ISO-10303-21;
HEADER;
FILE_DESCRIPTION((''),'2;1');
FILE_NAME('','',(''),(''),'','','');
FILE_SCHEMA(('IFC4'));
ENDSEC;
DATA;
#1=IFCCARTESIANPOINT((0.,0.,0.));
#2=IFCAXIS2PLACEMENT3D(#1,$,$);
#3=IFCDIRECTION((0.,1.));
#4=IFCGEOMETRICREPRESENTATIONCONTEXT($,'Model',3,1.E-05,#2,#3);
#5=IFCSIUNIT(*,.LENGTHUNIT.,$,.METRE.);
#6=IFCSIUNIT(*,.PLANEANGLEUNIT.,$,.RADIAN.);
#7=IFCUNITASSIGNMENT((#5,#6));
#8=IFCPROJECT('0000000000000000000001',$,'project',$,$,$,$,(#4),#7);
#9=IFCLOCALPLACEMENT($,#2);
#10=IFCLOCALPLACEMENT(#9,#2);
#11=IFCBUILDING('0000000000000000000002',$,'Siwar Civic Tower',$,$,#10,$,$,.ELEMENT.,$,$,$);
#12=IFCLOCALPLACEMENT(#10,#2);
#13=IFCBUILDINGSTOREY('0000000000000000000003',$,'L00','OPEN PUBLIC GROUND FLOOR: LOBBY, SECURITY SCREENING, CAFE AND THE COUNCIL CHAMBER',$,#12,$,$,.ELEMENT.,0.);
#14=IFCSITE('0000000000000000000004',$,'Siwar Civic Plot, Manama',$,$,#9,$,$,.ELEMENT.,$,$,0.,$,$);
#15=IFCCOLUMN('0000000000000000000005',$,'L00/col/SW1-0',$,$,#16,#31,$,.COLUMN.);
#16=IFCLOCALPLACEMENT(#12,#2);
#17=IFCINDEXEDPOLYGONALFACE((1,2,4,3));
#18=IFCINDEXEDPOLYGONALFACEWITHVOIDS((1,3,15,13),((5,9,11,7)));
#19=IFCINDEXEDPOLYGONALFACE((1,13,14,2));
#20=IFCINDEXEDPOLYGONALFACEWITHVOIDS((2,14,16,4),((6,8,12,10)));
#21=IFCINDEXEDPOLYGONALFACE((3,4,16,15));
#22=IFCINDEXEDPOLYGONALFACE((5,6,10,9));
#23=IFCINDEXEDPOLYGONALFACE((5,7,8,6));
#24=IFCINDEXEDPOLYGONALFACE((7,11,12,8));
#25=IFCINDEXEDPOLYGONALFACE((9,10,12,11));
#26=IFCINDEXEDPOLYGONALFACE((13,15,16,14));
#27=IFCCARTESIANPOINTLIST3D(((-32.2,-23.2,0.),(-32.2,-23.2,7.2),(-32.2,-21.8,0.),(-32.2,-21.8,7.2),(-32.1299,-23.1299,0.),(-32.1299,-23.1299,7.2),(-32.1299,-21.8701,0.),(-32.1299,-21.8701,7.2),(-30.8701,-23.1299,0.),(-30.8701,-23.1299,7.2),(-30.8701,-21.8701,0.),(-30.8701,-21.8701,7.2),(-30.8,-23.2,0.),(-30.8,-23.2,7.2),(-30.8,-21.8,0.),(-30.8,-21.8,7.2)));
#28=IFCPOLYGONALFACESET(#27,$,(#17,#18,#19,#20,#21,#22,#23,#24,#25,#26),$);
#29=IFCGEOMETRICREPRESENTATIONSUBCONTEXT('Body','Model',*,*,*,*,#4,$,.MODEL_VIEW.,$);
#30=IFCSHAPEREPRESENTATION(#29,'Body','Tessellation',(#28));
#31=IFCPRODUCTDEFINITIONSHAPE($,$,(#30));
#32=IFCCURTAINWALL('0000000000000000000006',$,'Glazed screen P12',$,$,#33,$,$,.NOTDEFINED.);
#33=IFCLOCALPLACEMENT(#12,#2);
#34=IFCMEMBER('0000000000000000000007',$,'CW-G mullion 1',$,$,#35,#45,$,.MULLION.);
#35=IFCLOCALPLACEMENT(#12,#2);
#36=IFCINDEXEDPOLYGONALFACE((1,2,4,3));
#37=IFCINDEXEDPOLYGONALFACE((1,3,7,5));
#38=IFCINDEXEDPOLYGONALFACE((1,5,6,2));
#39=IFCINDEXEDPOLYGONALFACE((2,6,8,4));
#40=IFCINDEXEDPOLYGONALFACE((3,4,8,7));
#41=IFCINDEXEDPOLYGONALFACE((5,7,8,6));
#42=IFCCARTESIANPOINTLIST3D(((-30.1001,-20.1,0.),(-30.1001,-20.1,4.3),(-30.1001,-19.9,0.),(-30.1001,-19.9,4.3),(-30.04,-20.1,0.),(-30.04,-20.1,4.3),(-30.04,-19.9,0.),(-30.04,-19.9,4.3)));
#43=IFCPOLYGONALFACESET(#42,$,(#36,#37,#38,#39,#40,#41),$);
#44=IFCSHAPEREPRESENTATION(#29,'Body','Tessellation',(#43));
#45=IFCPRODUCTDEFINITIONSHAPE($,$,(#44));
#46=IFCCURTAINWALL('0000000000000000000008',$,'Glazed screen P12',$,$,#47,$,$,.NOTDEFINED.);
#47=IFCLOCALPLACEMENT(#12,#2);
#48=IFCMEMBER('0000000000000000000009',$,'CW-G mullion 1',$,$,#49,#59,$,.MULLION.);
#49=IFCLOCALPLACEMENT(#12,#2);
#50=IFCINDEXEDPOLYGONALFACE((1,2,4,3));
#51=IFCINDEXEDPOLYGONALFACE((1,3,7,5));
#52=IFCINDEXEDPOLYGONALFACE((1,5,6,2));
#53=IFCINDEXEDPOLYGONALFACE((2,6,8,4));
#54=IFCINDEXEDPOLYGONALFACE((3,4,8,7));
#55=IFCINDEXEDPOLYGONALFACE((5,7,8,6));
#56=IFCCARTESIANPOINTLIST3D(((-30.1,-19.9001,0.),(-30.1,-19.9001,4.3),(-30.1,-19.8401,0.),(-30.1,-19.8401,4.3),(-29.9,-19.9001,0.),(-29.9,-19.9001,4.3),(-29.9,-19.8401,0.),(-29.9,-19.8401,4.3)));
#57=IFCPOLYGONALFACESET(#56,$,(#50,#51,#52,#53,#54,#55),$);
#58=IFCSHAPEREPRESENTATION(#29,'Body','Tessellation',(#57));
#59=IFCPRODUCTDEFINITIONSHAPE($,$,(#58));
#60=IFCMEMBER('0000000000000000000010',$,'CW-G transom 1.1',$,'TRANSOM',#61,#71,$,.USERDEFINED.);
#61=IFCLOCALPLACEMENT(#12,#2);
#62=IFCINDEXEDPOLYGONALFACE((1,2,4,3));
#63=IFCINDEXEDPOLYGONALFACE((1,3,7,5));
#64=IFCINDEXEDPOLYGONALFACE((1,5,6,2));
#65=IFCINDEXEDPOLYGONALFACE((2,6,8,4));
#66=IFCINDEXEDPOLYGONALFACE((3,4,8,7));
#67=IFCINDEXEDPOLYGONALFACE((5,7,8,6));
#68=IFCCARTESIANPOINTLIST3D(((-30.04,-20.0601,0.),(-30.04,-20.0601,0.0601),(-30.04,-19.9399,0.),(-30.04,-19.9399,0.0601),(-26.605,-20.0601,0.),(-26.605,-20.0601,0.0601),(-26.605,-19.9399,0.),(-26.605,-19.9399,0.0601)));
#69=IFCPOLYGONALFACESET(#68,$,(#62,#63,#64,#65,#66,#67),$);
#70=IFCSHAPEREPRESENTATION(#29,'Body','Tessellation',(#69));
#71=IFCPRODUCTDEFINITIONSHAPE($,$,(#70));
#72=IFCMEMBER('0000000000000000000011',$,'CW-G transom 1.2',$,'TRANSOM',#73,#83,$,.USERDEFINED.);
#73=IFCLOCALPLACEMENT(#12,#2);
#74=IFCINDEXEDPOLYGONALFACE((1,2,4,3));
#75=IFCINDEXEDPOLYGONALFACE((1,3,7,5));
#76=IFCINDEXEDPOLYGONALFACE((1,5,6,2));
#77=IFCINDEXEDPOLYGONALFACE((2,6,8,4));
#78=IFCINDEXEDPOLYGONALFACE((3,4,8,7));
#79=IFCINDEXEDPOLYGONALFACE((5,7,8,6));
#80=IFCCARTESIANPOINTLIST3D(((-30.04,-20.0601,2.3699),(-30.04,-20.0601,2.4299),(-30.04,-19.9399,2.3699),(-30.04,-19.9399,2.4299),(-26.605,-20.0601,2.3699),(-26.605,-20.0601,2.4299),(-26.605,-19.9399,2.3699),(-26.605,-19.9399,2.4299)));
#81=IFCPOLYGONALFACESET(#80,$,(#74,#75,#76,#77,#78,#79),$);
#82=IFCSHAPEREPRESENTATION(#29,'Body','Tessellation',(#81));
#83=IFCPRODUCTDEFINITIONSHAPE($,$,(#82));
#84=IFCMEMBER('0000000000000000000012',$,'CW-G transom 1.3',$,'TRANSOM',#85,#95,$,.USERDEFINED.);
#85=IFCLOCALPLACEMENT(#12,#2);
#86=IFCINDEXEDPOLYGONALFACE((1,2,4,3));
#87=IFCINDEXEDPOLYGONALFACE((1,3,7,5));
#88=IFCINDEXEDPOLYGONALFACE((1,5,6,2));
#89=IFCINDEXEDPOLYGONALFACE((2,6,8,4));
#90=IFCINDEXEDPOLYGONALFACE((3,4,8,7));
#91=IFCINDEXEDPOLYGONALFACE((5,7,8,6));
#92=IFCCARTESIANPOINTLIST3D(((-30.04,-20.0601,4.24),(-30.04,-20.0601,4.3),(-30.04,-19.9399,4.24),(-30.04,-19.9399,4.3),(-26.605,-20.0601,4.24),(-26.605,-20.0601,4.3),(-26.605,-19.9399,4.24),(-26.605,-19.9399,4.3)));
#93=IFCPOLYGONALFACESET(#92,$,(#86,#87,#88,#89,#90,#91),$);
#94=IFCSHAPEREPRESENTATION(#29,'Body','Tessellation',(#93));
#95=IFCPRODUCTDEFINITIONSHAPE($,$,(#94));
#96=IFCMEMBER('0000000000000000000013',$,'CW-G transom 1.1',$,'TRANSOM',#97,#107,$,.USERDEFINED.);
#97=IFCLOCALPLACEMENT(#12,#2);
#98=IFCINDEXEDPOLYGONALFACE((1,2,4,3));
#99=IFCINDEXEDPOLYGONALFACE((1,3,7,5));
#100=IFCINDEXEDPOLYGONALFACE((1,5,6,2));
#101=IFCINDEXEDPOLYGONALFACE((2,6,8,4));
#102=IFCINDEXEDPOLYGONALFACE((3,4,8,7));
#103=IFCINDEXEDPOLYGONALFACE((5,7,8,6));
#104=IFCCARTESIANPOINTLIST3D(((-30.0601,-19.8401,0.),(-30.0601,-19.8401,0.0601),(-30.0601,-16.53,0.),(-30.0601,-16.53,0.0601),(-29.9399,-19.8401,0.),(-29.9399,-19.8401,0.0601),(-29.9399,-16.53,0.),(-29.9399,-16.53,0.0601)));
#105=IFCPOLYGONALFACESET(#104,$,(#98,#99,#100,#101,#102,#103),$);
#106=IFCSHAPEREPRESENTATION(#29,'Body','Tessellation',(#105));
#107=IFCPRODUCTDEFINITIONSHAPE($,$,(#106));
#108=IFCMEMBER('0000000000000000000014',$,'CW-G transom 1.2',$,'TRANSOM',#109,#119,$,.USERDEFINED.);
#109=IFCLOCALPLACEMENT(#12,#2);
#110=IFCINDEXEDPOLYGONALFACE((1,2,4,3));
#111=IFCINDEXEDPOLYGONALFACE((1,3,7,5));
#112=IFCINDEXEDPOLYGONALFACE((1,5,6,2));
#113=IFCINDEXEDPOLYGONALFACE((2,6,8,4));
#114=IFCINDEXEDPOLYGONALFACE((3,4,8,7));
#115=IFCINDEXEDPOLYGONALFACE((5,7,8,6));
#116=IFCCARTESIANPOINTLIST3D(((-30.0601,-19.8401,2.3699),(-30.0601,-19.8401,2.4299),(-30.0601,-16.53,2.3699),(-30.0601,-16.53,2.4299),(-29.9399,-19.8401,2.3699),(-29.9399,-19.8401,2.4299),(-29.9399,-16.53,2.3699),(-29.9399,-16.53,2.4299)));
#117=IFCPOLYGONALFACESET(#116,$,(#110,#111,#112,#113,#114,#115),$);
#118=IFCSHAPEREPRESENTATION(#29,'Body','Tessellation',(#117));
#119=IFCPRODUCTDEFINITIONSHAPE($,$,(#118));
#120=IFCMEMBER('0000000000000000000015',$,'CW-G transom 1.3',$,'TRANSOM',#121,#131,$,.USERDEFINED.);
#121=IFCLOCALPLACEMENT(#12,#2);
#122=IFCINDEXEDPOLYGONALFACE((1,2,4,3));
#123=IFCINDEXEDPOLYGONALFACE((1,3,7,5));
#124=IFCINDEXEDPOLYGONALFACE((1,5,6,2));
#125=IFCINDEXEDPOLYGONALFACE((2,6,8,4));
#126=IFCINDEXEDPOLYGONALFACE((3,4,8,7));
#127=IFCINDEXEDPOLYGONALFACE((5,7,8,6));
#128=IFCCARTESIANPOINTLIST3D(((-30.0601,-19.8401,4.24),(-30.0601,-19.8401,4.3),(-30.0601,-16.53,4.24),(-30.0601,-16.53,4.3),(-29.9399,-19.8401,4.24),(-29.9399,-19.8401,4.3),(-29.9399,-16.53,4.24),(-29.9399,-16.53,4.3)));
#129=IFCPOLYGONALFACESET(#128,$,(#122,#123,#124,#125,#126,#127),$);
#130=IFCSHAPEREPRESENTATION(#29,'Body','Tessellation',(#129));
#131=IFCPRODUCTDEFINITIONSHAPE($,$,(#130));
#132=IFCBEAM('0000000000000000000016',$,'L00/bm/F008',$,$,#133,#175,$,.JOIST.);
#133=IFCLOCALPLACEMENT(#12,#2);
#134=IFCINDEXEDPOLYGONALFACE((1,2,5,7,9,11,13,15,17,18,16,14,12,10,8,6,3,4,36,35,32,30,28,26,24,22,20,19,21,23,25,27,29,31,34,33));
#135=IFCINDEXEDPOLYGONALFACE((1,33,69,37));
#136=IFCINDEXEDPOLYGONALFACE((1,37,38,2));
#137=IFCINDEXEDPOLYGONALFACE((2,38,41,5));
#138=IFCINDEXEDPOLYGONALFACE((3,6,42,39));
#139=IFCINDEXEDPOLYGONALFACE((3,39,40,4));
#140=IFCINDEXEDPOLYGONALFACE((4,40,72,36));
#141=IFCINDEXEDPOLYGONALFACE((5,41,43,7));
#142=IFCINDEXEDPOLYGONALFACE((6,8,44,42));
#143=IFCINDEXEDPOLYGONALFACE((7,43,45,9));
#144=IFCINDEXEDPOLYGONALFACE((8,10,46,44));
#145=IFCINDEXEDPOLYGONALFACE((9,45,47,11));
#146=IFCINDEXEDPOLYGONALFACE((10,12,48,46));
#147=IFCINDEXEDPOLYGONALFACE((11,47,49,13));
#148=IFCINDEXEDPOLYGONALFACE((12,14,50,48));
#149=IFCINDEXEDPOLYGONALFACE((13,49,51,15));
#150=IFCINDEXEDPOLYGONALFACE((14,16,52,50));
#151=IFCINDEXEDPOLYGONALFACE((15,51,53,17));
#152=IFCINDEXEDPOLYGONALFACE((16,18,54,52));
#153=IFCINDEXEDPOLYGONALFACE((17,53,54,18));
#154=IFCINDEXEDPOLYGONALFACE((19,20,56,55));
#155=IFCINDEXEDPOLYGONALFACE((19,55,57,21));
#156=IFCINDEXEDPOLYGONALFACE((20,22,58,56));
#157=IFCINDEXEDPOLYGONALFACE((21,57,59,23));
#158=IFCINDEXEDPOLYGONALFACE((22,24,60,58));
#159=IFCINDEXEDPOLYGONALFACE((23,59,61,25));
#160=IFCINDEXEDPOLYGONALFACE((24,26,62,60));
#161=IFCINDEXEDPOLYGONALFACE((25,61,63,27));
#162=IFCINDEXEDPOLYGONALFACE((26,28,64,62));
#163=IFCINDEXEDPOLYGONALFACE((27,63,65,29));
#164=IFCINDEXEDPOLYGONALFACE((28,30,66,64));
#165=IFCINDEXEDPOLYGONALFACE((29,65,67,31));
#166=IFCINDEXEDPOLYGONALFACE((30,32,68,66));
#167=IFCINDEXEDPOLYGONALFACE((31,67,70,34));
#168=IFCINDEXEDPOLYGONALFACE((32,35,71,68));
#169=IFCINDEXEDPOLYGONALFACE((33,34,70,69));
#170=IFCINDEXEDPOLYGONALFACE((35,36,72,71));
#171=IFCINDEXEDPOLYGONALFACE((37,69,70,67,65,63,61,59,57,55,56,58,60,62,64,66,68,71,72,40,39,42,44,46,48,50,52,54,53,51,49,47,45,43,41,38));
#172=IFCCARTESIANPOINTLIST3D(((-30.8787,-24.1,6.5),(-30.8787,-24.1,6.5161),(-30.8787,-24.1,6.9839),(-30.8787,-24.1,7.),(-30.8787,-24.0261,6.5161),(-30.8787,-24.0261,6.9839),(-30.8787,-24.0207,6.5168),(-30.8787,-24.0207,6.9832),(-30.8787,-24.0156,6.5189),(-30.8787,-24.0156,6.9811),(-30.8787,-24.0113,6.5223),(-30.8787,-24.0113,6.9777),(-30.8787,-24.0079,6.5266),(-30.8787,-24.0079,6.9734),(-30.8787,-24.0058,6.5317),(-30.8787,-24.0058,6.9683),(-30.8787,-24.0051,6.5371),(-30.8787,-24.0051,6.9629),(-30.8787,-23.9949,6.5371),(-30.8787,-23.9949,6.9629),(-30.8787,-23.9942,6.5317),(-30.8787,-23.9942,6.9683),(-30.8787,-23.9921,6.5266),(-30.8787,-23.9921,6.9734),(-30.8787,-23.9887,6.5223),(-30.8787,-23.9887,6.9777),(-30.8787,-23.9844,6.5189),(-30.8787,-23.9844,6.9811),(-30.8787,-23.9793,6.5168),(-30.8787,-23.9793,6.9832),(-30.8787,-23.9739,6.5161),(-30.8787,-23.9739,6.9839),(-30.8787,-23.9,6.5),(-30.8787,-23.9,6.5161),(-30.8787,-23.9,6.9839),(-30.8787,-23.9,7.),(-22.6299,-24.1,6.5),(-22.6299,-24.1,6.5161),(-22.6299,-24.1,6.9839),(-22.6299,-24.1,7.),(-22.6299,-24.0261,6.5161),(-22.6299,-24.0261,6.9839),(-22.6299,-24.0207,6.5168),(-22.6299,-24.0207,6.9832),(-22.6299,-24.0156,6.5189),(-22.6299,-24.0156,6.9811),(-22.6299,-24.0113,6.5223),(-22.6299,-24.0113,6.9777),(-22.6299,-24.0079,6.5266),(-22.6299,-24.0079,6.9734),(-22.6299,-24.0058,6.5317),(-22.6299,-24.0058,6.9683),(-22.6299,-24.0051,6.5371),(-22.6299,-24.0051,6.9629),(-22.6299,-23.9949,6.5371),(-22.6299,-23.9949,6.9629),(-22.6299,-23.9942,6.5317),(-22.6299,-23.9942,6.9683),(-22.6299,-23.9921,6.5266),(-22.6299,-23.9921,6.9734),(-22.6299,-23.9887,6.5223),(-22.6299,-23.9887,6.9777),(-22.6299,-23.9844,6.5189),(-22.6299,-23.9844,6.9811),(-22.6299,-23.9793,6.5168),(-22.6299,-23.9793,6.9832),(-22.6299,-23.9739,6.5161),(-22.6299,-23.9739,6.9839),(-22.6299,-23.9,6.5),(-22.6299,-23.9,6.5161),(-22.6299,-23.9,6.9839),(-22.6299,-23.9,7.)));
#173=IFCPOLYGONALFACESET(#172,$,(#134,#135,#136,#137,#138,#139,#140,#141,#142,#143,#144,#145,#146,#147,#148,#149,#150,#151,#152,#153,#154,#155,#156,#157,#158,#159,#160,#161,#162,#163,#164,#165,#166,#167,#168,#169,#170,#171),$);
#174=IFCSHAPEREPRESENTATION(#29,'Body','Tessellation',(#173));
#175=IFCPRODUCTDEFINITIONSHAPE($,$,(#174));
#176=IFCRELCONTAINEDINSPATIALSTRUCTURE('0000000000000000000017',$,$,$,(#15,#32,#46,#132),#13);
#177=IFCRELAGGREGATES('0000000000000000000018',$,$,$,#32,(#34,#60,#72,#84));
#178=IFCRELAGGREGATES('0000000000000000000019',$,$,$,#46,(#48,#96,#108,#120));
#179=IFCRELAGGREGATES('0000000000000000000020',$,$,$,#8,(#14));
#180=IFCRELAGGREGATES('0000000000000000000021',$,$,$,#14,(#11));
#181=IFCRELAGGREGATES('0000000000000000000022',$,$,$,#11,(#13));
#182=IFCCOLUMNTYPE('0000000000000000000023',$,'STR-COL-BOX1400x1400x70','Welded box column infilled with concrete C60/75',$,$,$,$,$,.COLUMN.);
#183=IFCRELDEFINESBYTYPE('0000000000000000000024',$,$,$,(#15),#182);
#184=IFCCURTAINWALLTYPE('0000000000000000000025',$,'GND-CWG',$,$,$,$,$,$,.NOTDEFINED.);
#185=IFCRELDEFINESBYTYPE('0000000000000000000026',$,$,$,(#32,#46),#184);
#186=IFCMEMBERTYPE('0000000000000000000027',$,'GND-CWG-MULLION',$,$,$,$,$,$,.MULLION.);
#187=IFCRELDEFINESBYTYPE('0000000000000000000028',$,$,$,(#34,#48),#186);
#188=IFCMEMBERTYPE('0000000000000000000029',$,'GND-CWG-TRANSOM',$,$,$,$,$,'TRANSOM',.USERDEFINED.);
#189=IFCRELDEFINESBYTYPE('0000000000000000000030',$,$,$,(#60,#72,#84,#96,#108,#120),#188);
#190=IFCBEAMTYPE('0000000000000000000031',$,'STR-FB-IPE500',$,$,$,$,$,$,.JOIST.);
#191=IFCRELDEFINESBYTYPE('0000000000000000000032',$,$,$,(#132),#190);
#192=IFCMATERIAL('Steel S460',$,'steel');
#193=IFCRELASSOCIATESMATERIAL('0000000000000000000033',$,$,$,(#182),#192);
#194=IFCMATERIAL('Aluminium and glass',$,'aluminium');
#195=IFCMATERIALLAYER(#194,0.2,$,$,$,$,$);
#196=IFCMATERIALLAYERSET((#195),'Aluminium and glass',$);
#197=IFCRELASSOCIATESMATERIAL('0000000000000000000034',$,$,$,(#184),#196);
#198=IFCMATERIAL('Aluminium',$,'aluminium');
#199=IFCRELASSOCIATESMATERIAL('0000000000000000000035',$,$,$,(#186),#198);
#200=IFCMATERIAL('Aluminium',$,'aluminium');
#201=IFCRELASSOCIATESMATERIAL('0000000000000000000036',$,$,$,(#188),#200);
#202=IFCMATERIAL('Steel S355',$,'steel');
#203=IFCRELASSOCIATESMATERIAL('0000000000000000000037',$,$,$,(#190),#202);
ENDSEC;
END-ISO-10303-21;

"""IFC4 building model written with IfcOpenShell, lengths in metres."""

from ifc_helpers import new_model, si_unit, direction, frame, origin, origin_2d, place, context, subcontext, project, spatial, rectangle, hollow_rectangle, i_section, extrude, material, layer, layer_set, material_profile, profile_set, type_object, element, aggregate, save


model = new_model("IFC4")

# Units and contexts
model_context = context("Model", 3, precision=1e-05, world=origin(), true_north=direction((0.0, 1.0)))
body_context = subcontext(model_context, "Body", "Model", "MODEL_VIEW")
ifc_project = project(units=[si_unit("LENGTHUNIT", "METRE"), si_unit("PLANEANGLEUNIT", "RADIAN")], contexts=[model_context])

# Site, building, storey
site_placement = place(None, origin())
site = spatial("IfcSite", under=ifc_project, at=site_placement, Name="Siwar Civic Plot, Manama", CompositionType="ELEMENT", RefElevation=0.0)
building_placement = place(site_placement, origin())
building = spatial("IfcBuilding", under=site, at=building_placement, Name="Siwar Civic Tower", CompositionType="ELEMENT")
storey_placement = place(building_placement, origin())
storey = spatial("IfcBuildingStorey", under=building, at=storey_placement, Name="L00", Description="OPEN PUBLIC GROUND FLOOR: LOBBY, SECURITY SCREENING, CAFE AND THE COUNCIL CHAMBER", CompositionType="ELEMENT", Elevation=0.0)

# Column
ifc_material_1 = material(Name="Steel S460", Category="steel")
ifc_material_profile_1 = material_profile(ifc_material_1, hollow_rectangle(XDim=1.3999, YDim=1.3999, WallThickness=0.0701, at=origin_2d()), Name="BOX1400x1400x70")
ifc_profile_set_1 = profile_set([ifc_material_profile_1], Name="Steel S460")
column_type = type_object("IfcColumnType", Name="STR-COL-BOX1400x1400x70", Description="Welded box column infilled with concrete C60/75", PredefinedType="COLUMN", material=ifc_profile_set_1)
column_placement = place(storey_placement, frame((-31.5, -22.5, 0.0), z_axis=(0.0, 0.0, 1.0), x_axis=(1.0, 0.0, 0.0)))
element("IfcColumn", 1, at=column_placement, inside=storey, type_object=column_type, Name="L00/col/SW1-0", PredefinedType="COLUMN", context=body_context, shape_type="SweptSolid", body=[
    extrude(hollow_rectangle(XDim=1.3999, YDim=1.3999, WallThickness=0.0701, at=origin_2d()), origin(), (0.0, 0.0, 1.0), 7.2),
])

# Curtain walls, members
ifc_material_2 = material(Name="Aluminium and glass", Category="aluminium")
ifc_layer_1 = layer(ifc_material_2, 0.2)
ifc_layer_set_1 = layer_set([ifc_layer_1], Name="Aluminium and glass")
curtain_wall_type = type_object("IfcCurtainWallType", Name="GND-CWG", PredefinedType="NOTDEFINED", material=ifc_layer_set_1)
curtain_wall_1_placement = place(storey_placement, origin())
curtain_wall_1 = element("IfcCurtainWall", 2, at=curtain_wall_1_placement, inside=storey, type_object=curtain_wall_type, Name="Glazed screen P12", PredefinedType="NOTDEFINED")
ifc_material_3 = material(Name="Aluminium", Category="aluminium")
ifc_material_profile_2 = material_profile(ifc_material_3, rectangle(XDim=0.2, YDim=0.0601, at=origin_2d()), Name="AL 200x60")
ifc_profile_set_2 = profile_set([ifc_material_profile_2], Name="Aluminium")
member_type_1 = type_object("IfcMemberType", Name="GND-CWG-MULLION", PredefinedType="MULLION", material=ifc_profile_set_2)
member_1_placement = place(storey_placement, frame((-30.0701, -20.0, 0.0), z_axis=(0.0, 0.0, 1.0), x_axis=(0.0, 1.0, 0.0)))
member_1 = element("IfcMember", 3, at=member_1_placement, type_object=member_type_1, Name="CW-G mullion 1", PredefinedType="MULLION", context=body_context, shape_type="SweptSolid", body=[
    extrude(rectangle(XDim=0.2, YDim=0.0601, at=origin_2d()), origin(), (0.0, 0.0, 1.0), 4.3),
])
curtain_wall_2_placement = place(storey_placement, origin())
curtain_wall_2 = element("IfcCurtainWall", 4, at=curtain_wall_2_placement, inside=storey, type_object=curtain_wall_type, Name="Glazed screen P12", PredefinedType="NOTDEFINED")
member_2_placement = place(storey_placement, frame((-30.0, -19.8701, 0.0), z_axis=(0.0, 0.0, 1.0), x_axis=(-1.0, 0.0, 0.0)))
member_2 = element("IfcMember", 5, at=member_2_placement, type_object=member_type_1, Name="CW-G mullion 1", PredefinedType="MULLION", context=body_context, shape_type="SweptSolid", body=[
    extrude(rectangle(XDim=0.2, YDim=0.0601, at=origin_2d()), origin(), (0.0, 0.0, 1.0), 4.3),
])

# Members
ifc_material_4 = material(Name="Aluminium", Category="aluminium")
ifc_material_profile_3 = material_profile(ifc_material_4, rectangle(XDim=0.1201, YDim=0.0601, at=origin_2d()), Name="AL 120x60")
ifc_profile_set_3 = profile_set([ifc_material_profile_3], Name="Aluminium")
member_type_2 = type_object("IfcMemberType", Name="GND-CWG-TRANSOM", ElementType="TRANSOM", PredefinedType="USERDEFINED", material=ifc_profile_set_3)
member_3_placement = place(storey_placement, frame((-30.04, -20.0, 0.03), z_axis=(1.0, 0.0, 0.0), x_axis=(0.0, 1.0, 0.0)))
member_3 = element("IfcMember", 6, at=member_3_placement, type_object=member_type_2, Name="CW-G transom 1.1", ObjectType="TRANSOM", PredefinedType="USERDEFINED", context=body_context, shape_type="SweptSolid", body=[
    extrude(rectangle(XDim=0.1201, YDim=0.0601, at=origin_2d()), origin(), (0.0, 0.0, 1.0), 3.4351),
])
member_4_placement = place(storey_placement, frame((-30.04, -20.0, 2.3999), z_axis=(1.0, 0.0, 0.0), x_axis=(0.0, 1.0, 0.0)))
member_4 = element("IfcMember", 7, at=member_4_placement, type_object=member_type_2, Name="CW-G transom 1.2", ObjectType="TRANSOM", PredefinedType="USERDEFINED", context=body_context, shape_type="SweptSolid", body=[
    extrude(rectangle(XDim=0.1201, YDim=0.0601, at=origin_2d()), origin(), (0.0, 0.0, 1.0), 3.4351),
])
member_5_placement = place(storey_placement, frame((-30.04, -20.0, 4.27), z_axis=(1.0, 0.0, 0.0), x_axis=(0.0, 1.0, 0.0)))
member_5 = element("IfcMember", 8, at=member_5_placement, type_object=member_type_2, Name="CW-G transom 1.3", ObjectType="TRANSOM", PredefinedType="USERDEFINED", context=body_context, shape_type="SweptSolid", body=[
    extrude(rectangle(XDim=0.1201, YDim=0.0601, at=origin_2d()), origin(), (0.0, 0.0, 1.0), 3.4351),
])
aggregate(curtain_wall_1, [member_1, member_3, member_4, member_5])
member_6_placement = place(storey_placement, frame((-30.0, -19.8401, 0.03), z_axis=(0.0, 1.0, 0.0), x_axis=(-1.0, 0.0, 0.0)))
member_6 = element("IfcMember", 9, at=member_6_placement, type_object=member_type_2, Name="CW-G transom 1.1", ObjectType="TRANSOM", PredefinedType="USERDEFINED", context=body_context, shape_type="SweptSolid", body=[
    extrude(rectangle(XDim=0.1201, YDim=0.0601, at=origin_2d()), origin(), (0.0, 0.0, 1.0), 3.3101),
])
member_7_placement = place(storey_placement, frame((-30.0, -19.8401, 2.3999), z_axis=(0.0, 1.0, 0.0), x_axis=(-1.0, 0.0, 0.0)))
member_7 = element("IfcMember", 10, at=member_7_placement, type_object=member_type_2, Name="CW-G transom 1.2", ObjectType="TRANSOM", PredefinedType="USERDEFINED", context=body_context, shape_type="SweptSolid", body=[
    extrude(rectangle(XDim=0.1201, YDim=0.0601, at=origin_2d()), origin(), (0.0, 0.0, 1.0), 3.3101),
])
member_8_placement = place(storey_placement, frame((-30.0, -19.8401, 4.27), z_axis=(0.0, 1.0, 0.0), x_axis=(-1.0, 0.0, 0.0)))
member_8 = element("IfcMember", 11, at=member_8_placement, type_object=member_type_2, Name="CW-G transom 1.3", ObjectType="TRANSOM", PredefinedType="USERDEFINED", context=body_context, shape_type="SweptSolid", body=[
    extrude(rectangle(XDim=0.1201, YDim=0.0601, at=origin_2d()), origin(), (0.0, 0.0, 1.0), 3.3101),
])

# Beam
ifc_material_5 = material(Name="Steel S355", Category="steel")
ifc_material_profile_4 = material_profile(ifc_material_5, i_section(OverallWidth=0.2, OverallDepth=0.5, WebThickness=0.0103, FlangeThickness=0.0161, FilletRadius=0.021, at=origin_2d()), Name="IPE500")
ifc_profile_set_4 = profile_set([ifc_material_profile_4], Name="Steel S355")
beam_type_1 = type_object("IfcBeamType", Name="STR-FB-IPE500", PredefinedType="JOIST", material=ifc_profile_set_4)
beam_1_placement = place(storey_placement, frame((-30.8787, -24.0, 6.75), z_axis=(1.0, 0.0, 0.0), x_axis=(0.0, 1.0, 0.0)))
element("IfcBeam", 12, at=beam_1_placement, inside=storey, type_object=beam_type_1, Name="L00/bm/F008", PredefinedType="JOIST", context=body_context, shape_type="SweptSolid", body=[
    extrude(i_section(OverallWidth=0.2, OverallDepth=0.5, WebThickness=0.0103, FlangeThickness=0.0161, FilletRadius=0.021, at=origin_2d()), origin(), (0.0, 0.0, 1.0), 8.2488),
])

aggregate(curtain_wall_2, [member_2, member_6, member_7, member_8])

save(model, "model.ifc")
